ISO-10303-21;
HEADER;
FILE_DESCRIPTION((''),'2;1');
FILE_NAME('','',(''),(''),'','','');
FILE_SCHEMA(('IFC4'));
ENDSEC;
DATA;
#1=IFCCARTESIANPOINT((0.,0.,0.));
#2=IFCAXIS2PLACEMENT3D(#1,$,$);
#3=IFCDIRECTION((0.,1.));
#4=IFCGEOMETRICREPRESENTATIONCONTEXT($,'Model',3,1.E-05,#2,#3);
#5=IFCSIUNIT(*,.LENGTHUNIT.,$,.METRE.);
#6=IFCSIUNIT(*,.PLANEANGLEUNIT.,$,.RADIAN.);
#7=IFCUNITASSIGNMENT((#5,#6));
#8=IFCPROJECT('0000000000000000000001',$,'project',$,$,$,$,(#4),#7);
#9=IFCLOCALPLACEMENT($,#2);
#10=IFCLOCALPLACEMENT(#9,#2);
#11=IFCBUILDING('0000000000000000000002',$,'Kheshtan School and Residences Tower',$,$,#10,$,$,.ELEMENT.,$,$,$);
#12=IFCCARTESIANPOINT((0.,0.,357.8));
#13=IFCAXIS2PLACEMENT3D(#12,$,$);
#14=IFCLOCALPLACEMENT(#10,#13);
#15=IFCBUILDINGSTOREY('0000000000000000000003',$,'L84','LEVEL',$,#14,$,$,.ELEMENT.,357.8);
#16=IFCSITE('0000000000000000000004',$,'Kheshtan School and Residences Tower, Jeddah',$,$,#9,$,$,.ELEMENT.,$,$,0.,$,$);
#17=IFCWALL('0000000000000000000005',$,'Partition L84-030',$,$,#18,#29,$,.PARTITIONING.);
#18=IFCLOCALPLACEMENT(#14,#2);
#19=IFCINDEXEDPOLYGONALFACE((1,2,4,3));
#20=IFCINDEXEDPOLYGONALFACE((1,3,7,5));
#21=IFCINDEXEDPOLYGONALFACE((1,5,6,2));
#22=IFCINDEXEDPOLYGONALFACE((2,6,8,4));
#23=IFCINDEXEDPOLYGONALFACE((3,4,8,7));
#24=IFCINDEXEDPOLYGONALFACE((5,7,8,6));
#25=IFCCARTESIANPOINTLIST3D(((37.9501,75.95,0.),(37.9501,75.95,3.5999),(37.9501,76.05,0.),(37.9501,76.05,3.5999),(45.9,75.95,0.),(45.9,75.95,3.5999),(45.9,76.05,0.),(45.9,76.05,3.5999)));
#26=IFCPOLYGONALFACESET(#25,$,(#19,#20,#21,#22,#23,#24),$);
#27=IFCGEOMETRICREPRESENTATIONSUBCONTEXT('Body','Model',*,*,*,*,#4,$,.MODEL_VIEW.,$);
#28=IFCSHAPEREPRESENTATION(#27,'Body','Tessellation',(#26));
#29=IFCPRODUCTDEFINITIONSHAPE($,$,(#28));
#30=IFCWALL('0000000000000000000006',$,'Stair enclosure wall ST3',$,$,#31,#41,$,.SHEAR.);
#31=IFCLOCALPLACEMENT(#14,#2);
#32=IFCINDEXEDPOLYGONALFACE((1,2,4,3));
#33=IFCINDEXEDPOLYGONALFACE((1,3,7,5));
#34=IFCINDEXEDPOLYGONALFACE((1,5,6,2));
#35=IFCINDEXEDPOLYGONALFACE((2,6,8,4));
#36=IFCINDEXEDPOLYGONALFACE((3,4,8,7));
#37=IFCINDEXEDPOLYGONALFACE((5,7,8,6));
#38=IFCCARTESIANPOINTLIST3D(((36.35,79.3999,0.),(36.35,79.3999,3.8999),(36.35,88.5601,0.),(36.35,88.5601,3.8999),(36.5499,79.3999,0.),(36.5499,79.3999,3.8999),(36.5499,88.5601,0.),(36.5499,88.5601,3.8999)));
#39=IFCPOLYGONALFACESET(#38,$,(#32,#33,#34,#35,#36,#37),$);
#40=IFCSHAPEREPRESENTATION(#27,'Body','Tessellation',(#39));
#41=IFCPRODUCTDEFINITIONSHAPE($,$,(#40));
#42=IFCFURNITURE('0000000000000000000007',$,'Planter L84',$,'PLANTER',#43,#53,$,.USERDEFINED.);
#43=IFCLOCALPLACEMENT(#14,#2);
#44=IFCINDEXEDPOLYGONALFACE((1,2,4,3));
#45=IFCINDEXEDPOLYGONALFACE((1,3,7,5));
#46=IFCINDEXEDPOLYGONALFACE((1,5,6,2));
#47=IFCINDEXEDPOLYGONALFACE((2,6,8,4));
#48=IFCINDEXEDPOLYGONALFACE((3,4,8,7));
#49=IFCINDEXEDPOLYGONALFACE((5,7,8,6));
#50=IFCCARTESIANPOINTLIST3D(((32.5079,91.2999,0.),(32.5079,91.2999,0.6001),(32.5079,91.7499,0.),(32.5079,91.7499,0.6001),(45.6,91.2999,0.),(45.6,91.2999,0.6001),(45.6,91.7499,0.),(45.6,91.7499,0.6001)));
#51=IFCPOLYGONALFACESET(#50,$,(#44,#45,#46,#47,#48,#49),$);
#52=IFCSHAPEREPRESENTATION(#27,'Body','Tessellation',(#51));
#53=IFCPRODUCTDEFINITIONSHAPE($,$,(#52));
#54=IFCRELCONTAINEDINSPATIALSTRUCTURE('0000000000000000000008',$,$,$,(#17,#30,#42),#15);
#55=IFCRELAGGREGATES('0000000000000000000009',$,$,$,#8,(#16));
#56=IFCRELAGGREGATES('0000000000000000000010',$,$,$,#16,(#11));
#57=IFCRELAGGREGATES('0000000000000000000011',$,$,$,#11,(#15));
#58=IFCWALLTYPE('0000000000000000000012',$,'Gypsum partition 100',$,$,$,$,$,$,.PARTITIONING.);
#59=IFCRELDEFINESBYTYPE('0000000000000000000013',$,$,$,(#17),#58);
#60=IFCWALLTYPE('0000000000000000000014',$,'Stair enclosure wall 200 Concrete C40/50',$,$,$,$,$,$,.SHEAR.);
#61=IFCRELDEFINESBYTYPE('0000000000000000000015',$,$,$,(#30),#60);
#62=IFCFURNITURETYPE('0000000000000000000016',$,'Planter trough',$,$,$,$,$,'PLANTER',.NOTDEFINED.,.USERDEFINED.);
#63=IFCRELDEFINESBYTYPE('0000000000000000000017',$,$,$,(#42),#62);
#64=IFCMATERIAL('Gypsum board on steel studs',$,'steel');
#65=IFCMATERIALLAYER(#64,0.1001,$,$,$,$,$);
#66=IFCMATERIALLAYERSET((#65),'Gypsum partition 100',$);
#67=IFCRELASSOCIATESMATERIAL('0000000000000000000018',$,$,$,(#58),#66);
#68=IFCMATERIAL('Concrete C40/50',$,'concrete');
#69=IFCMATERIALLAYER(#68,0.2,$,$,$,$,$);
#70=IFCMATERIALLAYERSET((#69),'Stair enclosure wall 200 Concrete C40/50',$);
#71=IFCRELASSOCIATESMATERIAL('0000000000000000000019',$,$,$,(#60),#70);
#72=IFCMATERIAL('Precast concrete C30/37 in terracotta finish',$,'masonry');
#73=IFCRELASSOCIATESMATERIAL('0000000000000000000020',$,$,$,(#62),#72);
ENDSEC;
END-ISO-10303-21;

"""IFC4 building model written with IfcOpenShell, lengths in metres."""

from ifc_helpers import new_model, si_unit, direction, frame, frame_2d, origin, origin_2d, place, context, subcontext, project, spatial, rectangle, extrude, material, layer, layer_set, type_object, element, save


model = new_model("IFC4")

# Units and contexts
model_context = context("Model", 3, precision=1e-05, world=origin(), true_north=direction((0.0, 1.0)))
body_context = subcontext(model_context, "Body", "Model", "MODEL_VIEW")
ifc_project = project(units=[si_unit("LENGTHUNIT", "METRE"), si_unit("PLANEANGLEUNIT", "RADIAN")], contexts=[model_context])

# Site, building, storey
site_placement = place(None, origin())
site = spatial("IfcSite", under=ifc_project, at=site_placement, Name="Kheshtan School and Residences Tower, Jeddah", CompositionType="ELEMENT", RefElevation=0.0)
building_placement = place(site_placement, origin())
building = spatial("IfcBuilding", under=site, at=building_placement, Name="Kheshtan School and Residences Tower", CompositionType="ELEMENT")
storey_placement = place(building_placement, frame((0.0, 0.0, 357.8)))
storey = spatial("IfcBuildingStorey", under=building, at=storey_placement, Name="L84", Description="LEVEL", CompositionType="ELEMENT", Elevation=357.8)

# Shared definitions
ifc_material_1 = material(Name="Gypsum board on steel studs", Category="steel")
ifc_layer_1 = layer(ifc_material_1, 0.1001)
ifc_layer_set_1 = layer_set([ifc_layer_1], Name="Gypsum partition 100")
wall_type_1 = type_object("IfcWallType", Name="Gypsum partition 100", PredefinedType="PARTITIONING", material=ifc_layer_set_1)

# Walls
wall_1_placement = place(storey_placement, frame((37.95, 76.0, 0.0), z_axis=(0.0, 0.0, 1.0), x_axis=(1.0, 0.0, 0.0)))
element("IfcWall", 1, at=wall_1_placement, inside=storey, type_object=wall_type_1, Name="Partition L84-030", PredefinedType="PARTITIONING", context=body_context, shape_type="SweptSolid", body=[
    extrude(rectangle(XDim=7.95, YDim=0.1001, at=frame_2d((3.9751, 0.0))), origin(), (0.0, 0.0, 1.0), 3.5999),
])
ifc_material_2 = material(Name="Concrete C40/50", Category="concrete")
ifc_layer_2 = layer(ifc_material_2, 0.2)
ifc_layer_set_2 = layer_set([ifc_layer_2], Name="Stair enclosure wall 200 Concrete C40/50")
wall_type_2 = type_object("IfcWallType", Name="Stair enclosure wall 200 Concrete C40/50", PredefinedType="SHEAR", material=ifc_layer_set_2)
wall_2_placement = place(storey_placement, frame((36.45, 79.3999, 0.0), z_axis=(0.0, 0.0, 1.0), x_axis=(0.0, 1.0, 0.0)))
element("IfcWall", 2, at=wall_2_placement, inside=storey, type_object=wall_type_2, Name="Stair enclosure wall ST3", PredefinedType="SHEAR", context=body_context, shape_type="SweptSolid", body=[
    extrude(rectangle(XDim=9.1602, YDim=0.2, at=frame_2d((4.5801, 0.0))), origin(), (0.0, 0.0, 1.0), 3.8999),
])

# Furniture
ifc_material_3 = material(Name="Precast concrete C30/37 in terracotta finish", Category="masonry")
furniture_type = type_object("IfcFurnitureType", Name="Planter trough", ElementType="PLANTER", AssemblyPlace="NOTDEFINED", PredefinedType="USERDEFINED", material=ifc_material_3)
furniture_placement = place(storey_placement, frame((39.054, 91.5249, 0.0), z_axis=(0.0, 0.0, 1.0), x_axis=(1.0, 0.0, 0.0)))
element("IfcFurniture", 3, at=furniture_placement, inside=storey, type_object=furniture_type, Name="Planter L84", ObjectType="PLANTER", PredefinedType="USERDEFINED", context=body_context, shape_type="SweptSolid", body=[
    extrude(rectangle(XDim=13.092, YDim=0.45, at=origin_2d()), origin(), (0.0, 0.0, 1.0), 0.6001),
])

save(model, "model.ifc")
